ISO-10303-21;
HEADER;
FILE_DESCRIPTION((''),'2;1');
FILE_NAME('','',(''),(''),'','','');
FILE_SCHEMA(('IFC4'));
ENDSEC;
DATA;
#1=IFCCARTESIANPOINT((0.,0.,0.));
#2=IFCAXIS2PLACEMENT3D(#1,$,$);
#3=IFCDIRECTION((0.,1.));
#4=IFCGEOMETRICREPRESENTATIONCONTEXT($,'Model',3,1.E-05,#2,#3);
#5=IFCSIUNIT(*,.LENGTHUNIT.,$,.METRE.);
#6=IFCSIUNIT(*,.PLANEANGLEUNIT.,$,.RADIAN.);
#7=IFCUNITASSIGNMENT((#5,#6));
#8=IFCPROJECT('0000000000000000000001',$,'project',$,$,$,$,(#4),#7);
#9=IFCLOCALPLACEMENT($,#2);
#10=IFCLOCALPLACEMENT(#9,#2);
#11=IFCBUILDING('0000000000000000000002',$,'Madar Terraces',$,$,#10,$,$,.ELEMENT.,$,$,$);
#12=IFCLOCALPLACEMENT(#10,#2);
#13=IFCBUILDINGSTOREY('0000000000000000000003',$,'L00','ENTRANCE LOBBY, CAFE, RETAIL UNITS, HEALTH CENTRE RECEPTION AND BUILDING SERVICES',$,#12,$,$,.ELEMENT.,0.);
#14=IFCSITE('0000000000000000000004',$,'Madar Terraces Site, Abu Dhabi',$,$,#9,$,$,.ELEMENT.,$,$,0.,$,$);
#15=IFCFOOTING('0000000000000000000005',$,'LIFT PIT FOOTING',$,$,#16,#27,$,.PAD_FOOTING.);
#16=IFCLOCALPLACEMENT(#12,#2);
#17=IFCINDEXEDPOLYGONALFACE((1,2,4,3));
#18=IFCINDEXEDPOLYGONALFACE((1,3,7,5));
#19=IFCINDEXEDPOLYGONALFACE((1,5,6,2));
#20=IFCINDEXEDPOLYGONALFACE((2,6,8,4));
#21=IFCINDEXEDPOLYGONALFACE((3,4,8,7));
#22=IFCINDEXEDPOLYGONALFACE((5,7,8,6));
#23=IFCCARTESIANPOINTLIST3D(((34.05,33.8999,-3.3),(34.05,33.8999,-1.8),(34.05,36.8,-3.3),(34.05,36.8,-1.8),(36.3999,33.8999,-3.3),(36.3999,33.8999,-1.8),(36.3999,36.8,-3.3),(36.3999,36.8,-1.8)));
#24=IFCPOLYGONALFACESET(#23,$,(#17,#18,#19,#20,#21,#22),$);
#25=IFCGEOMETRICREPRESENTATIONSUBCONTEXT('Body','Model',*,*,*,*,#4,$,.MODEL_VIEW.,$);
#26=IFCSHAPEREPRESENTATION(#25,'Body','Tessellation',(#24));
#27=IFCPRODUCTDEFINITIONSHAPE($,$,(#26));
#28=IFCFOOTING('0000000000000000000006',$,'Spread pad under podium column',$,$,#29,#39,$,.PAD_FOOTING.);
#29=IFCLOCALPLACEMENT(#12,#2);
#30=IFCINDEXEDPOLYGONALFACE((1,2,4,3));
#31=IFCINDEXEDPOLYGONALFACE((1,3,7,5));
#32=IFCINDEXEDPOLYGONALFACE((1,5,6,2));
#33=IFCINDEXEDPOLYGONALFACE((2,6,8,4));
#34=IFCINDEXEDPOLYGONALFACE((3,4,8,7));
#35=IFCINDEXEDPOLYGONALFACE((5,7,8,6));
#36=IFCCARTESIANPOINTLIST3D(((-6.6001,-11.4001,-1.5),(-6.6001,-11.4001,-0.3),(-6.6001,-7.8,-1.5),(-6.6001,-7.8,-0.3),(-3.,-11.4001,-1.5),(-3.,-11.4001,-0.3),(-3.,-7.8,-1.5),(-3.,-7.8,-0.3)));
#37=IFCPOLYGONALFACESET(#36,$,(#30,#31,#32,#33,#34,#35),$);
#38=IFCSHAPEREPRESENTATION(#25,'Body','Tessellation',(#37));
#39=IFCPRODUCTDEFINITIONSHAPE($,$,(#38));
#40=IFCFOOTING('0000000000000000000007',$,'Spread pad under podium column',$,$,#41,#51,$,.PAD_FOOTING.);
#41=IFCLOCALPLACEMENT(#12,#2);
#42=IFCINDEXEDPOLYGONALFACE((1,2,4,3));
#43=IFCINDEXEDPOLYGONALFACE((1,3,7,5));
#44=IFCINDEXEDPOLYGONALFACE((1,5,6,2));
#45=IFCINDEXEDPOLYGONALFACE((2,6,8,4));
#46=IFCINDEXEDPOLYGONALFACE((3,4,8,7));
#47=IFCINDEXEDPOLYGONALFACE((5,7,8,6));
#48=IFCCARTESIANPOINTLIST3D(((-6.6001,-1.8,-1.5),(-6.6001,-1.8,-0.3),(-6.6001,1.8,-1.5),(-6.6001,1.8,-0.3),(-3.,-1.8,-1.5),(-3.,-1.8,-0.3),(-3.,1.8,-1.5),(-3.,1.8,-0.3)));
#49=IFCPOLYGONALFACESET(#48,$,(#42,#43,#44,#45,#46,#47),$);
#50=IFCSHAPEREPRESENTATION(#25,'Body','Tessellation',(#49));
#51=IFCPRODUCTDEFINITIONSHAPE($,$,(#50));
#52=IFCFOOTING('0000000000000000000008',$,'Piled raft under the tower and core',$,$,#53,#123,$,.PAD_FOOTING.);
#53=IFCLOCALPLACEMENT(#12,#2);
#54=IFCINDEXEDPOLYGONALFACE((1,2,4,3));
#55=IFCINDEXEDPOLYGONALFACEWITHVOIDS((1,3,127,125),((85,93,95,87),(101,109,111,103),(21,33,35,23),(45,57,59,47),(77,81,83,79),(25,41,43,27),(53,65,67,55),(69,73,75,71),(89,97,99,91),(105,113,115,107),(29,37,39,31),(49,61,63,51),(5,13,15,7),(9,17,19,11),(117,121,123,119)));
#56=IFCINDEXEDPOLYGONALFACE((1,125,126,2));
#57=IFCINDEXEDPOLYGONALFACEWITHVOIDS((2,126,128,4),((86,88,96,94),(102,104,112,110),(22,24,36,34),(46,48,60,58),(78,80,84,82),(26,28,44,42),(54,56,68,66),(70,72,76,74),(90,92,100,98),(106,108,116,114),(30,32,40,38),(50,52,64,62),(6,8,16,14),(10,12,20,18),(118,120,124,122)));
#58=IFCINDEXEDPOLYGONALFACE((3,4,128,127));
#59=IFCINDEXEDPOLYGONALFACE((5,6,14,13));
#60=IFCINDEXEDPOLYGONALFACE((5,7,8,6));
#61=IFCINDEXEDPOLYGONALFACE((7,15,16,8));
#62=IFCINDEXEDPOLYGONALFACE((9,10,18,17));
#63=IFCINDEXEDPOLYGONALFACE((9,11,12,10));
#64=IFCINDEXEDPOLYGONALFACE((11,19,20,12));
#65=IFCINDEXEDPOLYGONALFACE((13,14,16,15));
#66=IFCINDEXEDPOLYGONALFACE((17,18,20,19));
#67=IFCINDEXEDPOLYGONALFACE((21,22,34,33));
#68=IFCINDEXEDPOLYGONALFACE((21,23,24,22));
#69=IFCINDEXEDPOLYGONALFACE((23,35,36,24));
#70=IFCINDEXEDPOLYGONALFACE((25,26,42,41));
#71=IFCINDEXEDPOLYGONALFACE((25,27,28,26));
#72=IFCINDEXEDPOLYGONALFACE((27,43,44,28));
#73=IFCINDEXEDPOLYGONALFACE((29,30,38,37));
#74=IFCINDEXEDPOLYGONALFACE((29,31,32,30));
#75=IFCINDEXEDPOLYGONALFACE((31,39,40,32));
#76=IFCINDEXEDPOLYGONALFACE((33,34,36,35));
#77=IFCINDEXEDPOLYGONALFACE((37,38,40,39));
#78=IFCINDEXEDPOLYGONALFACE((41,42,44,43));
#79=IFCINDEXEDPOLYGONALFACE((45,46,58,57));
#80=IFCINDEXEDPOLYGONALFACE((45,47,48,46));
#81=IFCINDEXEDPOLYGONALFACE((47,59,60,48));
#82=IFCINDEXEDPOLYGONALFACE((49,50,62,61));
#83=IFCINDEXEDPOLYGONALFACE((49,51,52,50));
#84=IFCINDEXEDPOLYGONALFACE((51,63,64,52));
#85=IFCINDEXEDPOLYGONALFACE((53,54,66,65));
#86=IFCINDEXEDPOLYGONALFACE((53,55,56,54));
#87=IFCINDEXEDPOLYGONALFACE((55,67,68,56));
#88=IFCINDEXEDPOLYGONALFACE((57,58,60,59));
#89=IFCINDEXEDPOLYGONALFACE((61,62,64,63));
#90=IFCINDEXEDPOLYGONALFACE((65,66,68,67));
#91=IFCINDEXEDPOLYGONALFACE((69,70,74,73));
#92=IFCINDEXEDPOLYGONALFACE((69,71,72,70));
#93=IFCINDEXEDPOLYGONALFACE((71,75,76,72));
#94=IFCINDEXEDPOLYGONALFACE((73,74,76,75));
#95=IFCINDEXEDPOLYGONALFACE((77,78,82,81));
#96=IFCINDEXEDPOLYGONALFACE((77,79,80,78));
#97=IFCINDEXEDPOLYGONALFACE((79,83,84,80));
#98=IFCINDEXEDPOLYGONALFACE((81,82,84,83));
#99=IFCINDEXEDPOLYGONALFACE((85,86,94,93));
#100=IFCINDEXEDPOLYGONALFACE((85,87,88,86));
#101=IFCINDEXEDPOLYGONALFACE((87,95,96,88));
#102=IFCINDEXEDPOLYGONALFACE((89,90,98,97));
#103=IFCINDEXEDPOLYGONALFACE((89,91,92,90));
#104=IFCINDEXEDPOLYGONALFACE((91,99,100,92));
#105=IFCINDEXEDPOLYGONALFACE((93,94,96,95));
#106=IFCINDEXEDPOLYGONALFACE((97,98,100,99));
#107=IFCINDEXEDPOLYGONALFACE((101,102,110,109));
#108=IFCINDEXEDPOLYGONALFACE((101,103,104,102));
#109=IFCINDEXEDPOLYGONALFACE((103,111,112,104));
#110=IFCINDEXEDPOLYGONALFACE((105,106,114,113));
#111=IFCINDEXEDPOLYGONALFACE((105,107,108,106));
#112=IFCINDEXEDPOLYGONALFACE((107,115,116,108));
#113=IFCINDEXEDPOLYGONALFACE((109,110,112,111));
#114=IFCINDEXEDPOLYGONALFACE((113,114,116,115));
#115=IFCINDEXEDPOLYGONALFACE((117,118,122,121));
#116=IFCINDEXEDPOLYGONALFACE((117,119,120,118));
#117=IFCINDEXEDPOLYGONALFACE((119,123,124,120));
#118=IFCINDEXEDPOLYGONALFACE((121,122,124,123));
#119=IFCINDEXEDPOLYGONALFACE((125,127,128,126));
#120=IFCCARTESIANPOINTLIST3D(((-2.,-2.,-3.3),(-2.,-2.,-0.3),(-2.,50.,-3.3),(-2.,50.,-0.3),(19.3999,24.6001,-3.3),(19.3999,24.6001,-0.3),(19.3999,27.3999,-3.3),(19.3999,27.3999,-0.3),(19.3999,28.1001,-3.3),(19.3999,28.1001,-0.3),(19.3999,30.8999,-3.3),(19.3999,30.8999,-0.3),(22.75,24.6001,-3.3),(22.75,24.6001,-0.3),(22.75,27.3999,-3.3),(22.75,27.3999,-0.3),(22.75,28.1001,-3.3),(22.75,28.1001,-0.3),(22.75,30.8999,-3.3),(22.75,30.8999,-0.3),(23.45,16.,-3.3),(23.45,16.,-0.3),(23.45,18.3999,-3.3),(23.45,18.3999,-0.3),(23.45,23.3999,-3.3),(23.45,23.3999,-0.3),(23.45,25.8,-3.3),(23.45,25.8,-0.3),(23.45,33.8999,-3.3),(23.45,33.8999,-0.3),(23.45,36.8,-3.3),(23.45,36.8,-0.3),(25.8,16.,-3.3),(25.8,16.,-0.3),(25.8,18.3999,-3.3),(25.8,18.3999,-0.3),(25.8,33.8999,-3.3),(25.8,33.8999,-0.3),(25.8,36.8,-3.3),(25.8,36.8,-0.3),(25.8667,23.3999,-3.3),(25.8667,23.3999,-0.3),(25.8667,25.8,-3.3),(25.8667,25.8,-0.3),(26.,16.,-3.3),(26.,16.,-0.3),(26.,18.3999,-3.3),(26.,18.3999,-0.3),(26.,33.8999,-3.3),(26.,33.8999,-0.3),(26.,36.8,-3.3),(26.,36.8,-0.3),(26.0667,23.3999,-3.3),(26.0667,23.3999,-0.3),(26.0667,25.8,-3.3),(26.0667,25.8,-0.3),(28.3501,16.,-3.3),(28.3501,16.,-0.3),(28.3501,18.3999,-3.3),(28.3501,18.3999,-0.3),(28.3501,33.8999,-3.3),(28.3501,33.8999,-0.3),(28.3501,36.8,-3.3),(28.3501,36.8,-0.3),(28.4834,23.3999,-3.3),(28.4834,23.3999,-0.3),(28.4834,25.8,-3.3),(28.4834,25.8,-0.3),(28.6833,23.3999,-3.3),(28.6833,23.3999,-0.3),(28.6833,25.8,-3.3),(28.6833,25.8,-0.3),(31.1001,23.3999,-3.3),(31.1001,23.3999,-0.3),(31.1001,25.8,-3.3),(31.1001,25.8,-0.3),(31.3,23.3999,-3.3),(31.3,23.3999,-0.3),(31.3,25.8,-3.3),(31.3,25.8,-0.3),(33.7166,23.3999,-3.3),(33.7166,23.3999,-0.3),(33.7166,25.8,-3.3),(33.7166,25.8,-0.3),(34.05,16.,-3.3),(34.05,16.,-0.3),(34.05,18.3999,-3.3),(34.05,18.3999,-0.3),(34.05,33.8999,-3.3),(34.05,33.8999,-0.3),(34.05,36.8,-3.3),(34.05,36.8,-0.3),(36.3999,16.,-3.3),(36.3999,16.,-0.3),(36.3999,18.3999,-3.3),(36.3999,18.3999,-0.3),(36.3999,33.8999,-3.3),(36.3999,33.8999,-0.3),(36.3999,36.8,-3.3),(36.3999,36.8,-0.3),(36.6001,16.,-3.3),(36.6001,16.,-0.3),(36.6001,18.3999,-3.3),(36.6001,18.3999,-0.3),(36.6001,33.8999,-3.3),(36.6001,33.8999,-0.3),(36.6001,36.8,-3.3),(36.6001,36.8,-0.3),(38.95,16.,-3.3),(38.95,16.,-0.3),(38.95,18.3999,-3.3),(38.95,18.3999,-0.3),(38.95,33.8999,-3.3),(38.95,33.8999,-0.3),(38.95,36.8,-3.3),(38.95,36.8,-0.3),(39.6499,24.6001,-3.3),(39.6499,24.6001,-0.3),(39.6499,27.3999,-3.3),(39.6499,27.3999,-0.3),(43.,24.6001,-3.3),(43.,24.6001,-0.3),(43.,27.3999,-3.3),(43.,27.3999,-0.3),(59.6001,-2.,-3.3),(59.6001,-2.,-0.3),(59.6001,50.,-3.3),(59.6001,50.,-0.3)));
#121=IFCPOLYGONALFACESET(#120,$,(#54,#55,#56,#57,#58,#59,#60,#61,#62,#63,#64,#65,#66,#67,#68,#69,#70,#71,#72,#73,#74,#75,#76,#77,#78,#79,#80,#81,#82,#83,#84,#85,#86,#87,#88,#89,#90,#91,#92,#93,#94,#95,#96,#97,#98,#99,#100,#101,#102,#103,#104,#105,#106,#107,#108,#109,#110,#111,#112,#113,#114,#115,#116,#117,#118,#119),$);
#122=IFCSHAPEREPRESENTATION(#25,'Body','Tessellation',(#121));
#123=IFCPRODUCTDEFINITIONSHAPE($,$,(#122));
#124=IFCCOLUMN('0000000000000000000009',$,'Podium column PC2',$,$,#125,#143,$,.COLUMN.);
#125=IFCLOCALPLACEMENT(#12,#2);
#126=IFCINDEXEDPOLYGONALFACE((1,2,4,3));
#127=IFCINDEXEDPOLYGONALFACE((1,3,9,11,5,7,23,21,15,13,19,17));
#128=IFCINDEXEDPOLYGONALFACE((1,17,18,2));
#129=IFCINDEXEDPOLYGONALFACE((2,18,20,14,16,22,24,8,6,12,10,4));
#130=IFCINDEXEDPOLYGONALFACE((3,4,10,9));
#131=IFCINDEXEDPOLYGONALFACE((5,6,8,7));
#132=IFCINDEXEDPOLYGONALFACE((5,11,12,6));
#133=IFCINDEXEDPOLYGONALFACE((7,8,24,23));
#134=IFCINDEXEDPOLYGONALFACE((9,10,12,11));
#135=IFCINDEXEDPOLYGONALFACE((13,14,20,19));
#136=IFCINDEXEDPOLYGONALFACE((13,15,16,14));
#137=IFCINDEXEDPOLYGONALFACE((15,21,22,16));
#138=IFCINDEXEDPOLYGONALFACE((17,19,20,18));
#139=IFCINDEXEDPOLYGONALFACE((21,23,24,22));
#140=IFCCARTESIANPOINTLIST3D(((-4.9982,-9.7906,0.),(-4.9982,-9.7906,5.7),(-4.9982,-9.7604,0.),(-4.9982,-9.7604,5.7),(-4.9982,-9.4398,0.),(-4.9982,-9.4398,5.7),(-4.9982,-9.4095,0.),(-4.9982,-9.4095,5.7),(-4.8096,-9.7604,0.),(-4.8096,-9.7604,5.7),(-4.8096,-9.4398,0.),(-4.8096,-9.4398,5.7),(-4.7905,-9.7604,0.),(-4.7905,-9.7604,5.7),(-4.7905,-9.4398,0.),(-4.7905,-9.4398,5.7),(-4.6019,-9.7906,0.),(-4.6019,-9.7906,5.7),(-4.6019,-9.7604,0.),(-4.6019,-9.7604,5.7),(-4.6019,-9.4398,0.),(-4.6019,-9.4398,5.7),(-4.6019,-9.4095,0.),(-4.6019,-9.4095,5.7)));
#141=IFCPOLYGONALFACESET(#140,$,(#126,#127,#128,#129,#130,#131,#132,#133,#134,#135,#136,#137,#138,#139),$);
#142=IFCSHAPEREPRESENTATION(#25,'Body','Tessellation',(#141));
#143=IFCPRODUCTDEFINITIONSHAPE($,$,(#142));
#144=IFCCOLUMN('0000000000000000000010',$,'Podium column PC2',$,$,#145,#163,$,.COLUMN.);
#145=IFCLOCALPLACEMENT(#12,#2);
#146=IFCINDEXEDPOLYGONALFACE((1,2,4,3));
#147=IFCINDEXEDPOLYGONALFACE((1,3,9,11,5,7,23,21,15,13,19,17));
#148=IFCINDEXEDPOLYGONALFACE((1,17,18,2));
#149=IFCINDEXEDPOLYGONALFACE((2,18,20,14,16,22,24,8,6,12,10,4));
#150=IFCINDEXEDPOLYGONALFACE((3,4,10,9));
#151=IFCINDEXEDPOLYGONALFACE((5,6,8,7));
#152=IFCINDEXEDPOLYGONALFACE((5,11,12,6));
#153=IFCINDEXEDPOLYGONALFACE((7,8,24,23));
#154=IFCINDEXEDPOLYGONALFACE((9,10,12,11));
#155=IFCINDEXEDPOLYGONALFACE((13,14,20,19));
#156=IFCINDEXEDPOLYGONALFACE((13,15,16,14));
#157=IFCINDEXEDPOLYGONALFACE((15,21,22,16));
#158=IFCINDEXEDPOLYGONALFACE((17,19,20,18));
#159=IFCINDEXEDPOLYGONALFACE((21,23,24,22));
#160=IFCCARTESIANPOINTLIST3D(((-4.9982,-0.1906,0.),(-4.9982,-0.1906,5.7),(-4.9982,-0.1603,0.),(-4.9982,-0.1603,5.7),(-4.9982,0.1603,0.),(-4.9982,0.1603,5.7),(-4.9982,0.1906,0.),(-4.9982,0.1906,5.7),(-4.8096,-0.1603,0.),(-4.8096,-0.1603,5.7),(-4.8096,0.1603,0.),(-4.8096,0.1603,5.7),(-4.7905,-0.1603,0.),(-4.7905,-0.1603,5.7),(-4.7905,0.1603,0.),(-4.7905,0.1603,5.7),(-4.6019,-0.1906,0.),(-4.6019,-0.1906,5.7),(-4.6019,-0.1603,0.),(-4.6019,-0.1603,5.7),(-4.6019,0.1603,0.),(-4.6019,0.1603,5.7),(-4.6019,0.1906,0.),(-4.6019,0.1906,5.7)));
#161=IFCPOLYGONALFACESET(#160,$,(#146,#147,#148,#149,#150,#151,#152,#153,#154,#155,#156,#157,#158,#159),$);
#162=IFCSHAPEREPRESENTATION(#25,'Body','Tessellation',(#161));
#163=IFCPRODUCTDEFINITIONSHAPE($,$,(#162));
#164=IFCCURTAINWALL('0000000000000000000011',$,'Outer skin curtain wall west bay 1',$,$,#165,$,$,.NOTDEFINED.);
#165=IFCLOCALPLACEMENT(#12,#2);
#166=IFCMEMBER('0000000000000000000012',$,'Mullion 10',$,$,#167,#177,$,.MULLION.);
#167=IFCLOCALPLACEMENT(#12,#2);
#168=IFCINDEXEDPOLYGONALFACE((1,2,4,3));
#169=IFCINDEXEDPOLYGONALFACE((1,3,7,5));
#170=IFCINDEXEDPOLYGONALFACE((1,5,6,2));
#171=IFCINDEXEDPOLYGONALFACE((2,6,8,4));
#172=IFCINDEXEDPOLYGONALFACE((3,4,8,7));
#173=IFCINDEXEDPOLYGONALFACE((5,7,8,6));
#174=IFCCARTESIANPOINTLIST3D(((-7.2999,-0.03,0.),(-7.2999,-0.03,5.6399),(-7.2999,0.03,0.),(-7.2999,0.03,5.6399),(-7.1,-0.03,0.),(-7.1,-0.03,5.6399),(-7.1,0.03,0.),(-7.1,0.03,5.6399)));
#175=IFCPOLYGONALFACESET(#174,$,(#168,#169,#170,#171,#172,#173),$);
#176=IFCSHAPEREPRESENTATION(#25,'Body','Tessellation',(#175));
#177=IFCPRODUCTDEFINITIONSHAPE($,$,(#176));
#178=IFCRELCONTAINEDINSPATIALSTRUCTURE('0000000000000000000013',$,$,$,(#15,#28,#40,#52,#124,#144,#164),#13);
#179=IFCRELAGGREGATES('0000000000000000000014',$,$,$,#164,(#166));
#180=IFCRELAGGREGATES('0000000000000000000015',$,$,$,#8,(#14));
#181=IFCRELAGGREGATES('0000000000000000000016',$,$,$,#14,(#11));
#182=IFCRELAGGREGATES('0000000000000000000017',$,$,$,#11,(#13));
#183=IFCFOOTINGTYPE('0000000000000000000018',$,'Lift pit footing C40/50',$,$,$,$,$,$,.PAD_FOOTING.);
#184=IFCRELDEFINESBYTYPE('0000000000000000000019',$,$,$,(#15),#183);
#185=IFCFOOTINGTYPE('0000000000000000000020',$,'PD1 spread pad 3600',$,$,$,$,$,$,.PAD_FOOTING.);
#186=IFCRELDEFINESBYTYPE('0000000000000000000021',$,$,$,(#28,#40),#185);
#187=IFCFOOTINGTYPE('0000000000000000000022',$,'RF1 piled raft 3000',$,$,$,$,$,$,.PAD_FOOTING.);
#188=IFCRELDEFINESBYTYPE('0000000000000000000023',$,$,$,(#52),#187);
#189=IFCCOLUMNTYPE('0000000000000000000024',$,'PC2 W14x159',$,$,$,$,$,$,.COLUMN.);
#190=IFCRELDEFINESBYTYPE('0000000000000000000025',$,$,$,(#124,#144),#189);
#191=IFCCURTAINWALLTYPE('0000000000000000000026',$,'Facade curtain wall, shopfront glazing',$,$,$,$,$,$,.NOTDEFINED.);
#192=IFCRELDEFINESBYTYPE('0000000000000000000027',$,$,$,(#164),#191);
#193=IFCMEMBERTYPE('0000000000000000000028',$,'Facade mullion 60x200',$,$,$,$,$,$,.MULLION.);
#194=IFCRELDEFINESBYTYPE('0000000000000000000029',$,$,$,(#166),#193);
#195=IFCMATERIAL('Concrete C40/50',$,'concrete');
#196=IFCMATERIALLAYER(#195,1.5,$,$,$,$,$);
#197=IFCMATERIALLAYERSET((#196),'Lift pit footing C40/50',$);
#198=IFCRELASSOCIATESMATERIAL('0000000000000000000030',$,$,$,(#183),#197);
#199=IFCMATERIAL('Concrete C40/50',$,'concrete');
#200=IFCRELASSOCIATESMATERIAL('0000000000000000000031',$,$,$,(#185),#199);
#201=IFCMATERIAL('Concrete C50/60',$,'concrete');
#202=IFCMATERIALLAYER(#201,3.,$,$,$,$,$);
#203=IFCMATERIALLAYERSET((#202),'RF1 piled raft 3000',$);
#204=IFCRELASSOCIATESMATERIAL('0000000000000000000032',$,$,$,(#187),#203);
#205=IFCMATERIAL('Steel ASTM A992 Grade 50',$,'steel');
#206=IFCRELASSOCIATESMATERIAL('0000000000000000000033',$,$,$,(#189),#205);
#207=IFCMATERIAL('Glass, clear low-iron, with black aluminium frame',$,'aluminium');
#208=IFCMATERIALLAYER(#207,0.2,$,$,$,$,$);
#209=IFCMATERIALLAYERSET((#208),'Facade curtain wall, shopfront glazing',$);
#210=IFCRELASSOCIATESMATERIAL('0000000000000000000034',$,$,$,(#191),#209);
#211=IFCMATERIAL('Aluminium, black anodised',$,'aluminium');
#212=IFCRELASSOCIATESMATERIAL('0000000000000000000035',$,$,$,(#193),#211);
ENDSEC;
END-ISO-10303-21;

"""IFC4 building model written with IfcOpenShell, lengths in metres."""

from ifc_helpers import new_model, si_unit, direction, frame, origin, origin_2d, place, context, subcontext, project, spatial, polyline, rectangle, i_section, outline, extrude, material, layer, layer_set, material_profile, profile_set, type_object, element, aggregate, save


model = new_model("IFC4")

# Units and contexts
model_context = context("Model", 3, precision=1e-05, world=origin(), true_north=direction((0.0, 1.0)))
body_context = subcontext(model_context, "Body", "Model", "MODEL_VIEW")
ifc_project = project(units=[si_unit("LENGTHUNIT", "METRE"), si_unit("PLANEANGLEUNIT", "RADIAN")], contexts=[model_context])

# Site, building, storey
site_placement = place(None, origin())
site = spatial("IfcSite", under=ifc_project, at=site_placement, Name="Madar Terraces Site, Abu Dhabi", CompositionType="ELEMENT", RefElevation=0.0)
building_placement = place(site_placement, origin())
building = spatial("IfcBuilding", under=site, at=building_placement, Name="Madar Terraces", CompositionType="ELEMENT")
storey_placement = place(building_placement, origin())
storey = spatial("IfcBuildingStorey", under=building, at=storey_placement, Name="L00", Description="ENTRANCE LOBBY, CAFE, RETAIL UNITS, HEALTH CENTRE RECEPTION AND BUILDING SERVICES", CompositionType="ELEMENT", Elevation=0.0)

# Footings
ifc_material_1 = material(Name="Concrete C40/50", Category="concrete")
ifc_layer_1 = layer(ifc_material_1, 1.5)
ifc_layer_set_1 = layer_set([ifc_layer_1], Name="Lift pit footing C40/50")
footing_type_1 = type_object("IfcFootingType", Name="Lift pit footing C40/50", PredefinedType="PAD_FOOTING", material=ifc_layer_set_1)
footing_1_placement = place(storey_placement, frame((0.0, 0.0, -3.3)))
element("IfcFooting", 1, at=footing_1_placement, inside=storey, type_object=footing_type_1, Name="LIFT PIT FOOTING", PredefinedType="PAD_FOOTING", context=body_context, shape_type="SweptSolid", body=[
    extrude(outline(polyline([(34.05, 33.8999), (36.3999, 33.8999), (36.3999, 36.8), (34.05, 36.8), (34.05, 33.8999)])), origin(), (0.0, 0.0, 1.0), 1.5),
])
ifc_material_2 = material(Name="Concrete C40/50", Category="concrete")
footing_type_2 = type_object("IfcFootingType", Name="PD1 spread pad 3600", PredefinedType="PAD_FOOTING", material=ifc_material_2)
for number, where, z_axis, x_axis, name in (
    (2, (-4.8, -9.6001, -1.5), (0.0, 0.0, 1.0), (1.0, 0.0, 0.0), "Spread pad under podium column"),
    (3, (-4.8, 0.0, -1.5), (0.0, 0.0, 1.0), (1.0, 0.0, 0.0), "Spread pad under podium column"),
):
    element("IfcFooting", number, at=place(storey_placement, frame(where, z_axis=z_axis, x_axis=x_axis)), inside=storey, type_object=footing_type_2, Name=name, PredefinedType="PAD_FOOTING", context=body_context, shape_type="SweptSolid", body=[
        extrude(rectangle(XDim=3.6001, YDim=3.6001, at=origin_2d()), origin(), (0.0, 0.0, 1.0), 1.2),
    ])
ifc_material_3 = material(Name="Concrete C50/60", Category="concrete")
ifc_layer_2 = layer(ifc_material_3, 3.0)
ifc_layer_set_2 = layer_set([ifc_layer_2], Name="RF1 piled raft 3000")
footing_type_3 = type_object("IfcFootingType", Name="RF1 piled raft 3000", PredefinedType="PAD_FOOTING", material=ifc_layer_set_2)
footing_2_placement = place(storey_placement, frame((0.0, 0.0, -3.3)))
element("IfcFooting", 4, at=footing_2_placement, inside=storey, type_object=footing_type_3, Name="Piled raft under the tower and core", PredefinedType="PAD_FOOTING", context=body_context, shape_type="SweptSolid", body=[
    extrude(outline(polyline([(-2.0, -2.0), (59.6001, -2.0), (59.6001, 50.0), (-2.0, 50.0), (-2.0, -2.0)]), holes=[polyline([(23.45, 16.0), (25.8, 16.0), (25.8, 18.3999), (23.45, 18.3999), (23.45, 16.0)]), polyline([(26.0, 16.0), (28.3501, 16.0), (28.3501, 18.3999), (26.0, 18.3999), (26.0, 16.0)]), polyline([(34.05, 16.0), (36.3999, 16.0), (36.3999, 18.3999), (34.05, 18.3999), (34.05, 16.0)]), polyline([(36.6001, 16.0), (38.95, 16.0), (38.95, 18.3999), (36.6001, 18.3999), (36.6001, 16.0)]), polyline([(23.45, 23.3999), (25.8667, 23.3999), (25.8667, 25.8), (23.45, 25.8), (23.45, 23.3999)]), polyline([(26.0667, 23.3999), (28.4834, 23.3999), (28.4834, 25.8), (26.0667, 25.8), (26.0667, 23.3999)]), polyline([(23.45, 33.8999), (25.8, 33.8999), (25.8, 36.8), (23.45, 36.8), (23.45, 33.8999)]), polyline([(26.0, 33.8999), (28.3501, 33.8999), (28.3501, 36.8), (26.0, 36.8), (26.0, 33.8999)]), polyline([(34.05, 33.8999), (36.3999, 33.8999), (36.3999, 36.8), (34.05, 36.8), (34.05, 33.8999)]), polyline([(36.6001, 33.8999), (38.95, 33.8999), (38.95, 36.8), (36.6001, 36.8), (36.6001, 33.8999)]), polyline([(28.6833, 23.3999), (31.1001, 23.3999), (31.1001, 25.8), (28.6833, 25.8), (28.6833, 23.3999)]), polyline([(31.3, 23.3999), (33.7166, 23.3999), (33.7166, 25.8), (31.3, 25.8), (31.3, 23.3999)]), polyline([(19.3999, 24.6001), (22.75, 24.6001), (22.75, 27.3999), (19.3999, 27.3999), (19.3999, 24.6001)]), polyline([(19.3999, 28.1001), (22.75, 28.1001), (22.75, 30.8999), (19.3999, 30.8999), (19.3999, 28.1001)]), polyline([(39.6499, 24.6001), (43.0, 24.6001), (43.0, 27.3999), (39.6499, 27.3999), (39.6499, 24.6001)])]), origin(), (0.0, 0.0, 1.0), 3.0),
])

# Columns
ifc_material_4 = material(Name="Steel ASTM A992 Grade 50", Category="steel")
ifc_material_profile_1 = material_profile(ifc_material_4, i_section(OverallWidth=0.3962, OverallDepth=0.3811, WebThickness=0.019, FlangeThickness=0.0303, at=origin_2d()), Name="W14x159")
ifc_profile_set_1 = profile_set([ifc_material_profile_1], Name="Steel ASTM A992 Grade 50")
column_type = type_object("IfcColumnType", Name="PC2 W14x159", PredefinedType="COLUMN", material=ifc_profile_set_1)
for number, where, z_axis, x_axis, name in (
    (5, (-4.8, -9.6001, 0.0), (0.0, 0.0, 1.0), (1.0, 0.0, 0.0), "Podium column PC2"),
    (6, (-4.8, 0.0, 0.0), (0.0, 0.0, 1.0), (1.0, 0.0, 0.0), "Podium column PC2"),
):
    element("IfcColumn", number, at=place(storey_placement, frame(where, z_axis=z_axis, x_axis=x_axis)), inside=storey, type_object=column_type, Name=name, PredefinedType="COLUMN", context=body_context, shape_type="SweptSolid", body=[
        extrude(i_section(OverallWidth=0.3962, OverallDepth=0.3811, WebThickness=0.019, FlangeThickness=0.0303, at=origin_2d()), origin(), (0.0, 0.0, 1.0), 5.7),
    ])

# Curtain wall, member
ifc_material_5 = material(Name="Glass, clear low-iron, with black aluminium frame", Category="aluminium")
ifc_layer_3 = layer(ifc_material_5, 0.2)
ifc_layer_set_3 = layer_set([ifc_layer_3], Name="Facade curtain wall, shopfront glazing")
curtain_wall_type = type_object("IfcCurtainWallType", Name="Facade curtain wall, shopfront glazing", PredefinedType="NOTDEFINED", material=ifc_layer_set_3)
curtain_wall_placement = place(storey_placement, origin())
curtain_wall = element("IfcCurtainWall", 7, at=curtain_wall_placement, inside=storey, type_object=curtain_wall_type, Name="Outer skin curtain wall west bay 1", PredefinedType="NOTDEFINED")
ifc_material_6 = material(Name="Aluminium, black anodised", Category="aluminium")
ifc_material_profile_2 = material_profile(ifc_material_6, rectangle(XDim=0.2, YDim=0.0601, at=origin_2d()), Name="Facade mullion 60x200")
ifc_profile_set_2 = profile_set([ifc_material_profile_2], Name="Aluminium, black anodised")
member_type = type_object("IfcMemberType", Name="Facade mullion 60x200", PredefinedType="MULLION", material=ifc_profile_set_2)
member_1_placement = place(storey_placement, frame((-7.2, 0.0, 0.0), z_axis=(0.0, 0.0, 1.0), x_axis=(1.0, 0.0, 0.0)))
member_1 = element("IfcMember", 8, at=member_1_placement, type_object=member_type, Name="Mullion 10", PredefinedType="MULLION", context=body_context, shape_type="SweptSolid", body=[
    extrude(rectangle(XDim=0.2, YDim=0.0601, at=origin_2d()), origin(), (0.0, 0.0, 1.0), 5.6399),
])
aggregate(curtain_wall, [member_1])

save(model, "model.ifc")
